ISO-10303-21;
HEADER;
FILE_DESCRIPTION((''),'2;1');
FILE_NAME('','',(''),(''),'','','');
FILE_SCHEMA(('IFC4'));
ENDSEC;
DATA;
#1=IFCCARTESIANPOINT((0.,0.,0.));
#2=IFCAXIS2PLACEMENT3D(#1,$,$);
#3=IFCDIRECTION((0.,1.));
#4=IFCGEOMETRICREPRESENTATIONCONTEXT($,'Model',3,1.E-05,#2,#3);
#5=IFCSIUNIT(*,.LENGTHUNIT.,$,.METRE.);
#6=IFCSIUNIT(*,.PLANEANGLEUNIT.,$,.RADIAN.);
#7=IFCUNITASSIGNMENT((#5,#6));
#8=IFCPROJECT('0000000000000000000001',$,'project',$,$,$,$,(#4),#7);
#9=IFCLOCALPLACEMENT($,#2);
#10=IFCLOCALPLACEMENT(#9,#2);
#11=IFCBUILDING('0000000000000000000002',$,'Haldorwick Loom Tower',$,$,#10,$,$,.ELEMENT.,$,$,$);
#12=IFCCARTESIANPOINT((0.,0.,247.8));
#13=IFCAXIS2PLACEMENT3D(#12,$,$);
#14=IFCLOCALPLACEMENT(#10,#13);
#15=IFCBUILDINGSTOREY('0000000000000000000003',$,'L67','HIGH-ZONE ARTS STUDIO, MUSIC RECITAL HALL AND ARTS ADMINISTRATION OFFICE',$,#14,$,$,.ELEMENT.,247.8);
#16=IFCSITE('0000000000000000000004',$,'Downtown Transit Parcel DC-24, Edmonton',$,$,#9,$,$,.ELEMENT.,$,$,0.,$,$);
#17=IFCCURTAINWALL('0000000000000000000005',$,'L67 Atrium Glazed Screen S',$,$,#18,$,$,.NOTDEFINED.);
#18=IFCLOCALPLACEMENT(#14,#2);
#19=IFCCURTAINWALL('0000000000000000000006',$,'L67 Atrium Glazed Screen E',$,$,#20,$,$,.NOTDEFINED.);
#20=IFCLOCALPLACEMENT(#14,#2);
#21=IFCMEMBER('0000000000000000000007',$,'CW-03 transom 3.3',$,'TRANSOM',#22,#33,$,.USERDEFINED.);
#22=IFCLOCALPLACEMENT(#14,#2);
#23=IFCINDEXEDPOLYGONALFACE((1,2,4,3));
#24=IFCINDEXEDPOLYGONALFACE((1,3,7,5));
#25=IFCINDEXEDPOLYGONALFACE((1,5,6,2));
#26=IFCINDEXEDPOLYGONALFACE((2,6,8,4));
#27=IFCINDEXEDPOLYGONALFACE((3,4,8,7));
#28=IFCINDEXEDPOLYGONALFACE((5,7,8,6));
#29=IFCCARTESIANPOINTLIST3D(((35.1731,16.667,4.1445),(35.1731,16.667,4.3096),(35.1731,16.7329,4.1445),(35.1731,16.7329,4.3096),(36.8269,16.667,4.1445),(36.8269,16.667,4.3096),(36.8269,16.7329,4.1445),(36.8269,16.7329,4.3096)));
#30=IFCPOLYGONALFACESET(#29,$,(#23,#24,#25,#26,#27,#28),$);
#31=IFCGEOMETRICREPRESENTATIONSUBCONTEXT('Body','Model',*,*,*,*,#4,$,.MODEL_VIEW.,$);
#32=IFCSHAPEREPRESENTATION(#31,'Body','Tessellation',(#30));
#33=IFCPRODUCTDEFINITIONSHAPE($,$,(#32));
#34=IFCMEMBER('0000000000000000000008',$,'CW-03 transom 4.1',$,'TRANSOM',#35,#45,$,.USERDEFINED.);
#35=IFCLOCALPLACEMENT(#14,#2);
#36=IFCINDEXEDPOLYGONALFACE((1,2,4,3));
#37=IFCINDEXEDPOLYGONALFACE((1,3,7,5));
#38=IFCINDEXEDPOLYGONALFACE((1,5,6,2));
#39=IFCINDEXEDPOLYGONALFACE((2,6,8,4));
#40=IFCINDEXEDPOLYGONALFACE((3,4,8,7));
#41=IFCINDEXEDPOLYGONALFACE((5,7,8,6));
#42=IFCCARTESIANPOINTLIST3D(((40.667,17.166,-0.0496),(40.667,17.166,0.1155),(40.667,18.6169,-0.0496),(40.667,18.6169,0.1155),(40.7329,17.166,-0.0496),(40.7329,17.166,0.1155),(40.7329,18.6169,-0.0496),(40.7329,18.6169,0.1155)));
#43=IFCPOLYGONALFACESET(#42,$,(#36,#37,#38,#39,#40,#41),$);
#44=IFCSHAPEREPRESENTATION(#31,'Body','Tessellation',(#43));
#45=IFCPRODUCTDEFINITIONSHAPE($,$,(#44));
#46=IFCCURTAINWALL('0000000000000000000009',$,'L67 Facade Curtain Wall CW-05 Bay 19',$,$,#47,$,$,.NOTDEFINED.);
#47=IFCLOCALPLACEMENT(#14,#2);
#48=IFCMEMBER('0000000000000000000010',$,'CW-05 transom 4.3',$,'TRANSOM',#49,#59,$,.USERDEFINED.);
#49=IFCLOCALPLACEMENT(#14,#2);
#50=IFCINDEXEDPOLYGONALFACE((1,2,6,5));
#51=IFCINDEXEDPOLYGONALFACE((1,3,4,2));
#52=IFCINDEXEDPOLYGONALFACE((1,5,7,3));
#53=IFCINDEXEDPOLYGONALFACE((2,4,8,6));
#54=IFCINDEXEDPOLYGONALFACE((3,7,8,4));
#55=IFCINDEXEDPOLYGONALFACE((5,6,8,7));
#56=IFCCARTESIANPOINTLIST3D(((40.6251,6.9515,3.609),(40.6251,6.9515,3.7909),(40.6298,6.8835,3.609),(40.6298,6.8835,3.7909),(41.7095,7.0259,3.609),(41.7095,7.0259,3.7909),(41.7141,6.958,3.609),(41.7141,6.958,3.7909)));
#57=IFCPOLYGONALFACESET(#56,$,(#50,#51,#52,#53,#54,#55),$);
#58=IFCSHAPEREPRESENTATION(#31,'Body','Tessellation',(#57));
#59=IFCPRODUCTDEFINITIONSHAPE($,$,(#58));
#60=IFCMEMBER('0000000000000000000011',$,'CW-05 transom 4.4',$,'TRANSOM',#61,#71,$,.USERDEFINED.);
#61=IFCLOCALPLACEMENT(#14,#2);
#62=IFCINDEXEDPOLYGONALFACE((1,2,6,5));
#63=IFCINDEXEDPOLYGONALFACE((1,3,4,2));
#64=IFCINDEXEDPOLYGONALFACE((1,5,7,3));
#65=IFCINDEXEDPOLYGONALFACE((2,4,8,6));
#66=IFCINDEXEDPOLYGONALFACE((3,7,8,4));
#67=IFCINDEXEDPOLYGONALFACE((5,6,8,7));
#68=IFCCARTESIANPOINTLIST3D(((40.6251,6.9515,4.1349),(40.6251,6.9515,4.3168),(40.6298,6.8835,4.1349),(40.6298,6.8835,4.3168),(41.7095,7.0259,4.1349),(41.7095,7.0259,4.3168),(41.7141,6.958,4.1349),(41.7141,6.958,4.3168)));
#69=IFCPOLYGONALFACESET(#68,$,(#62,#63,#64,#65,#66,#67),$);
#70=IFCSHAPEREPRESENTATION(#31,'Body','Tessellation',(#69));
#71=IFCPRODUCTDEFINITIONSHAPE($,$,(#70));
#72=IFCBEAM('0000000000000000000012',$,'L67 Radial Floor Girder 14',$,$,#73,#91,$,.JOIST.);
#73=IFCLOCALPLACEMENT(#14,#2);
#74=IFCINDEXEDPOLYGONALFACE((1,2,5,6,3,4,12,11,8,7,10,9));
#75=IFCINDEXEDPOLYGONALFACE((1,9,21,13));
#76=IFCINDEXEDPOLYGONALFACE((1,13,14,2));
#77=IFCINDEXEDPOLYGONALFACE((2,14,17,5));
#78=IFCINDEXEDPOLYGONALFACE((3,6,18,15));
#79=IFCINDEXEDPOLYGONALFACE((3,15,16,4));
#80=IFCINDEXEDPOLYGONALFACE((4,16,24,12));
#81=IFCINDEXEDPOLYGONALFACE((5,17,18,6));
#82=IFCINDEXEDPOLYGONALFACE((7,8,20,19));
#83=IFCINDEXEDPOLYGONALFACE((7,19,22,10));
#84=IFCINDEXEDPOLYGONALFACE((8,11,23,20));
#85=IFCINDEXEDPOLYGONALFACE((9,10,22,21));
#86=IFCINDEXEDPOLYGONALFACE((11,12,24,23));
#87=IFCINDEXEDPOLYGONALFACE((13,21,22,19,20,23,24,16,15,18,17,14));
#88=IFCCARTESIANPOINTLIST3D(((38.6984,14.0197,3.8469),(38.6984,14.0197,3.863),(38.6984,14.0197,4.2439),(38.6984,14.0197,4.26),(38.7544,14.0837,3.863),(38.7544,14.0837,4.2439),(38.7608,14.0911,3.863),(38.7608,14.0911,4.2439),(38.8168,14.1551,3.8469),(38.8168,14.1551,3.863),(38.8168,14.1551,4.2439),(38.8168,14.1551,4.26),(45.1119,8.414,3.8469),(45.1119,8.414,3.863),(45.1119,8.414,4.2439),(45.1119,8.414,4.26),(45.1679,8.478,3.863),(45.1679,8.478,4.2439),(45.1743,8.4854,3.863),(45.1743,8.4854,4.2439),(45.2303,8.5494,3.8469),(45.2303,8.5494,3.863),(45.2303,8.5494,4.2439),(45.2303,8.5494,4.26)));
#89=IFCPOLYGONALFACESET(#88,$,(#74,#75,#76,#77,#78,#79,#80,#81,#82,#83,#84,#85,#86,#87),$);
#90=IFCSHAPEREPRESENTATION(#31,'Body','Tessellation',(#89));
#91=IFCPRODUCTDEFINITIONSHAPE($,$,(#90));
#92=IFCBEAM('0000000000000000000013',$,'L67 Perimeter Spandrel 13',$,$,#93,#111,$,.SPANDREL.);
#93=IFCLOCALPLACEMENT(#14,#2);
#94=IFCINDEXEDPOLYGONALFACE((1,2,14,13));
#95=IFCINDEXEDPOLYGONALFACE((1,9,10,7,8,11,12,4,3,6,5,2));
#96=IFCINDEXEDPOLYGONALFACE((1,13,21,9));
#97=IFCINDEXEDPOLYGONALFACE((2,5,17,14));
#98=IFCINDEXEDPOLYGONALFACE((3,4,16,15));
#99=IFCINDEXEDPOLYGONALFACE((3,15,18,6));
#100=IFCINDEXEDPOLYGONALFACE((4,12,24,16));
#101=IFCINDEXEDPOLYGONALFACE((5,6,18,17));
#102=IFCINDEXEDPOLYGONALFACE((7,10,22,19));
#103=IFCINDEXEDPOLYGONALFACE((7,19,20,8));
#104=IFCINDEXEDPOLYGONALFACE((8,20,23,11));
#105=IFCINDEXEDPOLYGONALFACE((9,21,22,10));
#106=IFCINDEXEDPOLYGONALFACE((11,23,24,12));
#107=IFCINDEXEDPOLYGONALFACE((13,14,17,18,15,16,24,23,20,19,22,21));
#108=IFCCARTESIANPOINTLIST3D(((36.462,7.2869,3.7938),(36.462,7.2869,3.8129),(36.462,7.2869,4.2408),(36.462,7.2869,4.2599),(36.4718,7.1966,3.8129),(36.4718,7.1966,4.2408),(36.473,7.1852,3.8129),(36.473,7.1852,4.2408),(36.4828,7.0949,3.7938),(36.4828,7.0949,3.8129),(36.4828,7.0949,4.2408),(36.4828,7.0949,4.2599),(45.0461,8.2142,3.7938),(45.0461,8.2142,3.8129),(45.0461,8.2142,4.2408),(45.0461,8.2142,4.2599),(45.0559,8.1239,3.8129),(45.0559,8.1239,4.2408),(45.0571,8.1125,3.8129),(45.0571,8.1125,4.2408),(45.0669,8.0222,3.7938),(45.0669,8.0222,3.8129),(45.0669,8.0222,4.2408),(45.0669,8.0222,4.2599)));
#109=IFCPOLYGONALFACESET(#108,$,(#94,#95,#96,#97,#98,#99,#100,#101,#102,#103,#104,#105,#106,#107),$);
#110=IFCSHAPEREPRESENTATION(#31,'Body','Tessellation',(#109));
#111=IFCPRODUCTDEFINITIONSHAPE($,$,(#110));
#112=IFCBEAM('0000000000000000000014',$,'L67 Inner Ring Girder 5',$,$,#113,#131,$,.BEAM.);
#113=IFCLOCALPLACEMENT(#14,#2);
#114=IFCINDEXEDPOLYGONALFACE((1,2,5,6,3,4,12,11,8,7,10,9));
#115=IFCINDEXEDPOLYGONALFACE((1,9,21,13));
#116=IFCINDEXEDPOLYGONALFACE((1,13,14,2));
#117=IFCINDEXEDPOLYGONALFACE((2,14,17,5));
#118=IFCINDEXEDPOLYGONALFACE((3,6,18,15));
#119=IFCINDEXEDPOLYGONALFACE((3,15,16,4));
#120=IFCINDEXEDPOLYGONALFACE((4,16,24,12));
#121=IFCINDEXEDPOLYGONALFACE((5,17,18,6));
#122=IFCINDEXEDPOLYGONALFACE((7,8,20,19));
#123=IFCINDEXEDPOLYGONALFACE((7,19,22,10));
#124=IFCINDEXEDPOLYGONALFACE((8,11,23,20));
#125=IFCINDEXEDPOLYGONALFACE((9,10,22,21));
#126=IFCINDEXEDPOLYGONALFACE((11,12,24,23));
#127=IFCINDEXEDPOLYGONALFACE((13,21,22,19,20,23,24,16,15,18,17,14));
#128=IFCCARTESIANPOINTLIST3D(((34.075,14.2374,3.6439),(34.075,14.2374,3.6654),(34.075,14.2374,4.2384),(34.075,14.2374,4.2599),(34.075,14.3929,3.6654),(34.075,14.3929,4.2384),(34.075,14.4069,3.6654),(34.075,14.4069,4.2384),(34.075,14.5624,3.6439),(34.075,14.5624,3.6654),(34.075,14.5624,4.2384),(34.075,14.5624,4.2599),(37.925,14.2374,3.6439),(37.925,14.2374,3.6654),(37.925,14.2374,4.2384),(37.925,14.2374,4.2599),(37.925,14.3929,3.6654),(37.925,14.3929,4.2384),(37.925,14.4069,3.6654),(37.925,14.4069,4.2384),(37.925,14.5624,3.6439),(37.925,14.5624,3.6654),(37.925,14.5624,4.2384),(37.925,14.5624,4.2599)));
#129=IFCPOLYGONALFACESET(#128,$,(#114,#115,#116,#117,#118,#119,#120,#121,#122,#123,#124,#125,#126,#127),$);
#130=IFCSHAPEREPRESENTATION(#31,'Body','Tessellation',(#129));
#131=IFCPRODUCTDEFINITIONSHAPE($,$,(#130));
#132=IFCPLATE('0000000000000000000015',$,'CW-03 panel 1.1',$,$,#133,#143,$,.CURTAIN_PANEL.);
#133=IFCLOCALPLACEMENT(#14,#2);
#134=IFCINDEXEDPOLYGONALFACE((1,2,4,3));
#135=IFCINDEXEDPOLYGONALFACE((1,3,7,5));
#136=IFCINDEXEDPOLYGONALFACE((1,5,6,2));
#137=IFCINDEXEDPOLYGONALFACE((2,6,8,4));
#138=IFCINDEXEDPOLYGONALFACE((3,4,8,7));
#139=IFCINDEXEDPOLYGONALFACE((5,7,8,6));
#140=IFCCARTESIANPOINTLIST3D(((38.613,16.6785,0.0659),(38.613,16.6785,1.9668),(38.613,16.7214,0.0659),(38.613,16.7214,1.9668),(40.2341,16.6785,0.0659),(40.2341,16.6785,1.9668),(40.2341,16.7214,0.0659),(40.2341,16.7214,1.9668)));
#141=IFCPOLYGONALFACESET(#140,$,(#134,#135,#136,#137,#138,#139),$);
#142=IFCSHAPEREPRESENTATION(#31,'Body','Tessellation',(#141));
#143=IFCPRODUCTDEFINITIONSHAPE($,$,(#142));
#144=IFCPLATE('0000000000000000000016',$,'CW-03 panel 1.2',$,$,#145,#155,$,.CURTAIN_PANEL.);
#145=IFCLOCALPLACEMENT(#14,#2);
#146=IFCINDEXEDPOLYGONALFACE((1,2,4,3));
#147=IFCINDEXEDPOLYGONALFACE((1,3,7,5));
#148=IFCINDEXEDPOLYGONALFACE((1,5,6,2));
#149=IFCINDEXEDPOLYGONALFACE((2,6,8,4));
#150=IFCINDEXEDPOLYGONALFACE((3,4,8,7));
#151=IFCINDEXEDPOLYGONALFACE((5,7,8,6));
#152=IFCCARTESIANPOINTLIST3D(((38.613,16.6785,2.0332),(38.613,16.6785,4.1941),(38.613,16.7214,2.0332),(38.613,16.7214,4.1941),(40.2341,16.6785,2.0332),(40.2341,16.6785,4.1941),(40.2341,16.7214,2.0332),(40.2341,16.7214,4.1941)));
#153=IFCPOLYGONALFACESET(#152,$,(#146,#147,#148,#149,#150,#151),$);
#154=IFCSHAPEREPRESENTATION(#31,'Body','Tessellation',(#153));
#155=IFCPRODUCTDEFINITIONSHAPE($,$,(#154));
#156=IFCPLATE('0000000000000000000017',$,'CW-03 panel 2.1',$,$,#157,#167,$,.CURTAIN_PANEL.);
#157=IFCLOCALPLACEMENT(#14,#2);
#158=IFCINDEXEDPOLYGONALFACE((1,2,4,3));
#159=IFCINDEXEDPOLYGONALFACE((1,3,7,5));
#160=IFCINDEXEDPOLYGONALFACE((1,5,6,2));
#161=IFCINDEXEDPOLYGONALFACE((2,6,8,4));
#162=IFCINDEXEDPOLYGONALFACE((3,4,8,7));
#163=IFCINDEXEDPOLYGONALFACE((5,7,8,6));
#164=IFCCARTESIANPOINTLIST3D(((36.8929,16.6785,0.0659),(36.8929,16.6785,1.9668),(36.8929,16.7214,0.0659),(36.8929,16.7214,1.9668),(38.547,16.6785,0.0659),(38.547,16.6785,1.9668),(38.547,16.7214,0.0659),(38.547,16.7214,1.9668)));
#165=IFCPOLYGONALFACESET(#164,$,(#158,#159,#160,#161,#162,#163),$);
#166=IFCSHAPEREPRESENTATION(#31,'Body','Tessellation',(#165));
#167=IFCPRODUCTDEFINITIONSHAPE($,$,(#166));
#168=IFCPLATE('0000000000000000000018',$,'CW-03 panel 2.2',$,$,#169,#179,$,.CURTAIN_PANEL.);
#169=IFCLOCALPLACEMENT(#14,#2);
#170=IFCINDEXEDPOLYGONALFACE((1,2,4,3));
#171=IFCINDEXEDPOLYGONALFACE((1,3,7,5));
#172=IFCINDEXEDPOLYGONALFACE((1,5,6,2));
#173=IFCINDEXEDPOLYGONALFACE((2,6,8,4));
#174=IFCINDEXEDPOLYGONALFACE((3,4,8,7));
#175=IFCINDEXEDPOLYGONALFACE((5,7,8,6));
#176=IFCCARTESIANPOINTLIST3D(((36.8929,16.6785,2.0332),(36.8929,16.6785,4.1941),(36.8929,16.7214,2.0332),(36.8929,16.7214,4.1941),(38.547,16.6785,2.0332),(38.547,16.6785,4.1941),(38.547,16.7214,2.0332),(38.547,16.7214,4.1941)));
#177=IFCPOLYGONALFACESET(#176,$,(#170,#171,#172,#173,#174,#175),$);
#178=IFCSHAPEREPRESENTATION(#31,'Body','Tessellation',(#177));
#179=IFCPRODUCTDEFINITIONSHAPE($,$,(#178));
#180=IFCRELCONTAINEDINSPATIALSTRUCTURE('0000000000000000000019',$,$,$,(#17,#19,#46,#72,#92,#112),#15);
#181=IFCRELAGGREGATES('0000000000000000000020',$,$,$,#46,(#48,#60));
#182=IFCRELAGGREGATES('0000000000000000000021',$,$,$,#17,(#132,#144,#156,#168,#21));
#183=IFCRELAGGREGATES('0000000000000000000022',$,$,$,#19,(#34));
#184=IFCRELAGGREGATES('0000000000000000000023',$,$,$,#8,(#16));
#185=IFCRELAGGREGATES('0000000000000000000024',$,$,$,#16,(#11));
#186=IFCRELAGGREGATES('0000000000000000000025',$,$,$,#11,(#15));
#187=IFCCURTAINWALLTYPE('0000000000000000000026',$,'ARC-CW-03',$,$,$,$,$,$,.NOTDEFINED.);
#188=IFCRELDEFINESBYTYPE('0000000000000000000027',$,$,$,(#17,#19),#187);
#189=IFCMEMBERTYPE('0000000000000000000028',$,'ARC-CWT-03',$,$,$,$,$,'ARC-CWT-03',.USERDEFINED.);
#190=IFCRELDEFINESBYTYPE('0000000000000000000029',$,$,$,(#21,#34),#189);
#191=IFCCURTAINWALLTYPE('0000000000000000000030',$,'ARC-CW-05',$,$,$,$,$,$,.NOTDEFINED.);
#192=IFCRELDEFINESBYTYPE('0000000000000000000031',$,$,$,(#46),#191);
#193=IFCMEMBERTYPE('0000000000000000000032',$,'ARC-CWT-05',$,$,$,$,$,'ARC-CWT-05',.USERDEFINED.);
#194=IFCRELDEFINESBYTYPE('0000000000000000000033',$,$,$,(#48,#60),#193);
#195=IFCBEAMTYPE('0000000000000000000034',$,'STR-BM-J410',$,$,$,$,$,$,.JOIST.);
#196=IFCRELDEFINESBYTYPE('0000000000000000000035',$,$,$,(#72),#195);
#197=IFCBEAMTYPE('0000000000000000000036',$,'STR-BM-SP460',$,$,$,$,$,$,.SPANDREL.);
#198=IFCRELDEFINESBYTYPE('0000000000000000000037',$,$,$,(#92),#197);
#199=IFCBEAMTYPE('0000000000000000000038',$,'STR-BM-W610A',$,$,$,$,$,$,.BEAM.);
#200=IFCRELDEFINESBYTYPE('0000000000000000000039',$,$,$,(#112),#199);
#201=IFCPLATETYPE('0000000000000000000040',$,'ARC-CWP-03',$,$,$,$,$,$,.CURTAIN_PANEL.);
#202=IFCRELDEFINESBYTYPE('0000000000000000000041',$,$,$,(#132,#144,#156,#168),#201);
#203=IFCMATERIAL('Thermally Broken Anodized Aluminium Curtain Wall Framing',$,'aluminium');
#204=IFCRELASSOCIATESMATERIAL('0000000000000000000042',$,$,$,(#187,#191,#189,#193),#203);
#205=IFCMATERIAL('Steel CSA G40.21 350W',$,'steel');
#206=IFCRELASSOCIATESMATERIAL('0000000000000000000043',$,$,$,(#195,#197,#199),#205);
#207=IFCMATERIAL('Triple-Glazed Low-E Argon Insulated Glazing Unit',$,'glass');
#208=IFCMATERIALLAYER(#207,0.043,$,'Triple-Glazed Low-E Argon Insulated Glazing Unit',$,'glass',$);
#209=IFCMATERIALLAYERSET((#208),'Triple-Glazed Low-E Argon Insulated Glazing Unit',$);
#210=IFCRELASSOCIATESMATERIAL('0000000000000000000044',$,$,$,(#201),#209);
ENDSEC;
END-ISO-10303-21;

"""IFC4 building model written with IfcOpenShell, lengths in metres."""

from ifc_helpers import new_model, si_unit, direction, frame, origin, origin_2d, place, context, subcontext, project, spatial, rectangle, i_section, extrude, material, layer, layer_set, material_profile, profile_set, type_object, element, aggregate, save


model = new_model("IFC4")

# Units and contexts
model_context = context("Model", 3, precision=1e-05, world=origin(), true_north=direction((0.0, 1.0)))
body_context = subcontext(model_context, "Body", "Model", "MODEL_VIEW")
ifc_project = project(units=[si_unit("LENGTHUNIT", "METRE"), si_unit("PLANEANGLEUNIT", "RADIAN")], contexts=[model_context])

# Site, building, storey
site_placement = place(None, origin())
site = spatial("IfcSite", under=ifc_project, at=site_placement, Name="Downtown Transit Parcel DC-24, Edmonton", CompositionType="ELEMENT", RefElevation=0.0)
building_placement = place(site_placement, origin())
building = spatial("IfcBuilding", under=site, at=building_placement, Name="Haldorwick Loom Tower", CompositionType="ELEMENT")
storey_placement = place(building_placement, frame((0.0, 0.0, 247.8)))
storey = spatial("IfcBuildingStorey", under=building, at=storey_placement, Name="L67", Description="HIGH-ZONE ARTS STUDIO, MUSIC RECITAL HALL AND ARTS ADMINISTRATION OFFICE", CompositionType="ELEMENT", Elevation=247.8)

# Curtain wall
ifc_material_1 = material(Name="Thermally Broken Anodized Aluminium Curtain Wall Framing", Category="aluminium")
curtain_wall_type_1 = type_object("IfcCurtainWallType", Name="ARC-CW-03", PredefinedType="NOTDEFINED", material=ifc_material_1)
curtain_wall_1_placement = place(storey_placement, origin())
curtain_wall_1 = element("IfcCurtainWall", 1, at=curtain_wall_1_placement, inside=storey, type_object=curtain_wall_type_1, Name="L67 Atrium Glazed Screen S", PredefinedType="NOTDEFINED")

# Curtain wall
curtain_wall_2_placement = place(storey_placement, origin())
curtain_wall_2 = element("IfcCurtainWall", 2, at=curtain_wall_2_placement, inside=storey, type_object=curtain_wall_type_1, Name="L67 Atrium Glazed Screen E", PredefinedType="NOTDEFINED")

# Members
ifc_material_profile_1 = material_profile(ifc_material_1, rectangle(XDim=0.0659, YDim=0.165, at=origin_2d()), Name="ALU_TRN_66X165", Category="aluminium")
ifc_profile_set_1 = profile_set([ifc_material_profile_1], Name="Thermally Broken Anodized Aluminium Curtain Wall Framing")
member_type_1 = type_object("IfcMemberType", Name="ARC-CWT-03", ElementType="ARC-CWT-03", PredefinedType="USERDEFINED", material=ifc_profile_set_1)
member_1_placement = place(storey_placement, frame((36.8269, 16.7, 4.2271), z_axis=(-1.0, 0.0, 0.0), x_axis=(0.0, -1.0, 0.0)))
member_1 = element("IfcMember", 3, at=member_1_placement, type_object=member_type_1, Name="CW-03 transom 3.3", ObjectType="TRANSOM", PredefinedType="USERDEFINED", context=body_context, shape_type="SweptSolid", body=[
    extrude(rectangle(XDim=0.0659, YDim=0.165, at=origin_2d()), origin(), (0.0, 0.0, 1.0), 1.6538),
])
member_2_placement = place(storey_placement, frame((40.7, 18.6169, 0.033), z_axis=(0.0, -1.0, 0.0), x_axis=(1.0, 0.0, 0.0)))
member_2 = element("IfcMember", 4, at=member_2_placement, type_object=member_type_1, Name="CW-03 transom 4.1", ObjectType="TRANSOM", PredefinedType="USERDEFINED", context=body_context, shape_type="SweptSolid", body=[
    extrude(rectangle(XDim=0.0659, YDim=0.165, at=origin_2d()), origin(), (0.0, 0.0, 1.0), 1.4509),
])

# Curtain wall, members
curtain_wall_type_2 = type_object("IfcCurtainWallType", Name="ARC-CW-05", PredefinedType="NOTDEFINED", material=ifc_material_1)
curtain_wall_3_placement = place(storey_placement, origin())
curtain_wall_3 = element("IfcCurtainWall", 5, at=curtain_wall_3_placement, inside=storey, type_object=curtain_wall_type_2, Name="L67 Facade Curtain Wall CW-05 Bay 19", PredefinedType="NOTDEFINED")
ifc_material_profile_2 = material_profile(ifc_material_1, rectangle(XDim=0.0681, YDim=0.1819, at=origin_2d()), Name="ALU_TRN_68X182", Category="aluminium")
ifc_profile_set_2 = profile_set([ifc_material_profile_2], Name="Thermally Broken Anodized Aluminium Curtain Wall Framing")
member_type_2 = type_object("IfcMemberType", Name="ARC-CWT-05", ElementType="ARC-CWT-05", PredefinedType="USERDEFINED", material=ifc_profile_set_2)
member_3_placement = place(storey_placement, frame((40.6274, 6.9175, 3.7), z_axis=(0.997651, 0.068501, 0.0), x_axis=(-0.068501, 0.997651, 0.0)))
member_3 = element("IfcMember", 6, at=member_3_placement, type_object=member_type_2, Name="CW-05 transom 4.3", ObjectType="TRANSOM", PredefinedType="USERDEFINED", context=body_context, shape_type="SweptSolid", body=[
    extrude(rectangle(XDim=0.0681, YDim=0.1819, at=origin_2d()), origin(), (0.0, 0.0, 1.0), 1.0869),
])
member_4_placement = place(storey_placement, frame((40.6274, 6.9175, 4.2258), z_axis=(0.997651, 0.068501, 0.0), x_axis=(-0.068501, 0.997651, 0.0)))
member_4 = element("IfcMember", 7, at=member_4_placement, type_object=member_type_2, Name="CW-05 transom 4.4", ObjectType="TRANSOM", PredefinedType="USERDEFINED", context=body_context, shape_type="SweptSolid", body=[
    extrude(rectangle(XDim=0.0681, YDim=0.1819, at=origin_2d()), origin(), (0.0, 0.0, 1.0), 1.0869),
])
aggregate(curtain_wall_3, [member_3, member_4])

# Beams
ifc_material_2 = material(Name="Steel CSA G40.21 350W", Category="steel")
ifc_material_profile_3 = material_profile(ifc_material_2, i_section(OverallWidth=0.1799, OverallDepth=0.4131, WebThickness=0.0098, FlangeThickness=0.0161, at=origin_2d()), Name="W410X74", Category="steel")
ifc_profile_set_3 = profile_set([ifc_material_profile_3], Name="Steel CSA G40.21 350W")
beam_type_1 = type_object("IfcBeamType", Name="STR-BM-J410", PredefinedType="JOIST", material=ifc_profile_set_3)
beam_1_placement = place(storey_placement, frame((38.7576, 14.0874, 4.0535), z_axis=(0.752935, -0.658095, 0.0), x_axis=(0.658095, 0.752935, 0.0)))
element("IfcBeam", 8, at=beam_1_placement, inside=storey, type_object=beam_type_1, Name="L67 Radial Floor Girder 14", PredefinedType="JOIST", context=body_context, shape_type="SweptSolid", body=[
    extrude(i_section(OverallWidth=0.1799, OverallDepth=0.4131, WebThickness=0.0098, FlangeThickness=0.0161, at=origin_2d()), origin(), (0.0, 0.0, 1.0), 8.5181),
])
ifc_material_profile_4 = material_profile(ifc_material_2, i_section(OverallWidth=0.1931, OverallDepth=0.4661, WebThickness=0.0115, FlangeThickness=0.019, at=origin_2d()), Name="W460X97", Category="steel")
ifc_profile_set_4 = profile_set([ifc_material_profile_4], Name="Steel CSA G40.21 350W")
beam_type_2 = type_object("IfcBeamType", Name="STR-BM-SP460", PredefinedType="SPANDREL", material=ifc_profile_set_4)
beam_2_placement = place(storey_placement, frame((36.4724, 7.1909, 4.0269), z_axis=(0.994216, 0.107396, 0.0), x_axis=(-0.107396, 0.994216, 0.0)))
element("IfcBeam", 9, at=beam_2_placement, inside=storey, type_object=beam_type_2, Name="L67 Perimeter Spandrel 13", PredefinedType="SPANDREL", context=body_context, shape_type="SweptSolid", body=[
    extrude(i_section(OverallWidth=0.1931, OverallDepth=0.4661, WebThickness=0.0115, FlangeThickness=0.019, at=origin_2d()), origin(), (0.0, 0.0, 1.0), 8.634),
])
ifc_material_profile_5 = material_profile(ifc_material_2, i_section(OverallWidth=0.325, OverallDepth=0.616, WebThickness=0.0139, FlangeThickness=0.0215, at=origin_2d()), Name="W610X174", Category="steel")
ifc_profile_set_5 = profile_set([ifc_material_profile_5], Name="Steel CSA G40.21 350W")
beam_type_3 = type_object("IfcBeamType", Name="STR-BM-W610A", PredefinedType="BEAM", material=ifc_profile_set_5)
beam_3_placement = place(storey_placement, frame((37.925, 14.3999, 3.9519), z_axis=(-1.0, 0.0, 0.0), x_axis=(0.0, -1.0, 0.0)))
element("IfcBeam", 10, at=beam_3_placement, inside=storey, type_object=beam_type_3, Name="L67 Inner Ring Girder 5", PredefinedType="BEAM", context=body_context, shape_type="SweptSolid", body=[
    extrude(i_section(OverallWidth=0.325, OverallDepth=0.616, WebThickness=0.0139, FlangeThickness=0.0215, at=origin_2d()), origin(), (0.0, 0.0, 1.0), 3.8501),
])

# Plates
ifc_material_3 = material(Name="Triple-Glazed Low-E Argon Insulated Glazing Unit", Category="glass")
ifc_layer_1 = layer(ifc_material_3, 0.043, Name="Triple-Glazed Low-E Argon Insulated Glazing Unit", Category="glass")
ifc_layer_set_1 = layer_set([ifc_layer_1], Name="Triple-Glazed Low-E Argon Insulated Glazing Unit")
plate_type = type_object("IfcPlateType", Name="ARC-CWP-03", PredefinedType="CURTAIN_PANEL", material=ifc_layer_set_1)
plate_1_placement = place(storey_placement, frame((39.4236, 16.7, 0.0659), z_axis=(0.0, 0.0, 1.0), x_axis=(-1.0, 0.0, 0.0)))
plate_1 = element("IfcPlate", 11, at=plate_1_placement, type_object=plate_type, Name="CW-03 panel 1.1", PredefinedType="CURTAIN_PANEL", context=body_context, shape_type="SweptSolid", body=[
    extrude(rectangle(XDim=1.6211, YDim=0.043, at=origin_2d()), origin(), (0.0, 0.0, 1.0), 1.9009),
])
plate_2_placement = place(storey_placement, frame((39.4236, 16.7, 2.0332), z_axis=(0.0, 0.0, 1.0), x_axis=(-1.0, 0.0, 0.0)))
plate_2 = element("IfcPlate", 12, at=plate_2_placement, type_object=plate_type, Name="CW-03 panel 1.2", PredefinedType="CURTAIN_PANEL", context=body_context, shape_type="SweptSolid", body=[
    extrude(rectangle(XDim=1.6211, YDim=0.043, at=origin_2d()), origin(), (0.0, 0.0, 1.0), 2.1609),
])
plate_3_placement = place(storey_placement, frame((37.72, 16.7, 0.0659), z_axis=(0.0, 0.0, 1.0), x_axis=(-1.0, 0.0, 0.0)))
plate_3 = element("IfcPlate", 13, at=plate_3_placement, type_object=plate_type, Name="CW-03 panel 2.1", PredefinedType="CURTAIN_PANEL", context=body_context, shape_type="SweptSolid", body=[
    extrude(rectangle(XDim=1.6541, YDim=0.043, at=origin_2d()), origin(), (0.0, 0.0, 1.0), 1.9009),
])
plate_4_placement = place(storey_placement, frame((37.72, 16.7, 2.0332), z_axis=(0.0, 0.0, 1.0), x_axis=(-1.0, 0.0, 0.0)))
plate_4 = element("IfcPlate", 14, at=plate_4_placement, type_object=plate_type, Name="CW-03 panel 2.2", PredefinedType="CURTAIN_PANEL", context=body_context, shape_type="SweptSolid", body=[
    extrude(rectangle(XDim=1.6541, YDim=0.043, at=origin_2d()), origin(), (0.0, 0.0, 1.0), 2.1609),
])
aggregate(curtain_wall_1, [plate_1, plate_2, plate_3, plate_4, member_1])
aggregate(curtain_wall_2, [member_2])

save(model, "model.ifc")
